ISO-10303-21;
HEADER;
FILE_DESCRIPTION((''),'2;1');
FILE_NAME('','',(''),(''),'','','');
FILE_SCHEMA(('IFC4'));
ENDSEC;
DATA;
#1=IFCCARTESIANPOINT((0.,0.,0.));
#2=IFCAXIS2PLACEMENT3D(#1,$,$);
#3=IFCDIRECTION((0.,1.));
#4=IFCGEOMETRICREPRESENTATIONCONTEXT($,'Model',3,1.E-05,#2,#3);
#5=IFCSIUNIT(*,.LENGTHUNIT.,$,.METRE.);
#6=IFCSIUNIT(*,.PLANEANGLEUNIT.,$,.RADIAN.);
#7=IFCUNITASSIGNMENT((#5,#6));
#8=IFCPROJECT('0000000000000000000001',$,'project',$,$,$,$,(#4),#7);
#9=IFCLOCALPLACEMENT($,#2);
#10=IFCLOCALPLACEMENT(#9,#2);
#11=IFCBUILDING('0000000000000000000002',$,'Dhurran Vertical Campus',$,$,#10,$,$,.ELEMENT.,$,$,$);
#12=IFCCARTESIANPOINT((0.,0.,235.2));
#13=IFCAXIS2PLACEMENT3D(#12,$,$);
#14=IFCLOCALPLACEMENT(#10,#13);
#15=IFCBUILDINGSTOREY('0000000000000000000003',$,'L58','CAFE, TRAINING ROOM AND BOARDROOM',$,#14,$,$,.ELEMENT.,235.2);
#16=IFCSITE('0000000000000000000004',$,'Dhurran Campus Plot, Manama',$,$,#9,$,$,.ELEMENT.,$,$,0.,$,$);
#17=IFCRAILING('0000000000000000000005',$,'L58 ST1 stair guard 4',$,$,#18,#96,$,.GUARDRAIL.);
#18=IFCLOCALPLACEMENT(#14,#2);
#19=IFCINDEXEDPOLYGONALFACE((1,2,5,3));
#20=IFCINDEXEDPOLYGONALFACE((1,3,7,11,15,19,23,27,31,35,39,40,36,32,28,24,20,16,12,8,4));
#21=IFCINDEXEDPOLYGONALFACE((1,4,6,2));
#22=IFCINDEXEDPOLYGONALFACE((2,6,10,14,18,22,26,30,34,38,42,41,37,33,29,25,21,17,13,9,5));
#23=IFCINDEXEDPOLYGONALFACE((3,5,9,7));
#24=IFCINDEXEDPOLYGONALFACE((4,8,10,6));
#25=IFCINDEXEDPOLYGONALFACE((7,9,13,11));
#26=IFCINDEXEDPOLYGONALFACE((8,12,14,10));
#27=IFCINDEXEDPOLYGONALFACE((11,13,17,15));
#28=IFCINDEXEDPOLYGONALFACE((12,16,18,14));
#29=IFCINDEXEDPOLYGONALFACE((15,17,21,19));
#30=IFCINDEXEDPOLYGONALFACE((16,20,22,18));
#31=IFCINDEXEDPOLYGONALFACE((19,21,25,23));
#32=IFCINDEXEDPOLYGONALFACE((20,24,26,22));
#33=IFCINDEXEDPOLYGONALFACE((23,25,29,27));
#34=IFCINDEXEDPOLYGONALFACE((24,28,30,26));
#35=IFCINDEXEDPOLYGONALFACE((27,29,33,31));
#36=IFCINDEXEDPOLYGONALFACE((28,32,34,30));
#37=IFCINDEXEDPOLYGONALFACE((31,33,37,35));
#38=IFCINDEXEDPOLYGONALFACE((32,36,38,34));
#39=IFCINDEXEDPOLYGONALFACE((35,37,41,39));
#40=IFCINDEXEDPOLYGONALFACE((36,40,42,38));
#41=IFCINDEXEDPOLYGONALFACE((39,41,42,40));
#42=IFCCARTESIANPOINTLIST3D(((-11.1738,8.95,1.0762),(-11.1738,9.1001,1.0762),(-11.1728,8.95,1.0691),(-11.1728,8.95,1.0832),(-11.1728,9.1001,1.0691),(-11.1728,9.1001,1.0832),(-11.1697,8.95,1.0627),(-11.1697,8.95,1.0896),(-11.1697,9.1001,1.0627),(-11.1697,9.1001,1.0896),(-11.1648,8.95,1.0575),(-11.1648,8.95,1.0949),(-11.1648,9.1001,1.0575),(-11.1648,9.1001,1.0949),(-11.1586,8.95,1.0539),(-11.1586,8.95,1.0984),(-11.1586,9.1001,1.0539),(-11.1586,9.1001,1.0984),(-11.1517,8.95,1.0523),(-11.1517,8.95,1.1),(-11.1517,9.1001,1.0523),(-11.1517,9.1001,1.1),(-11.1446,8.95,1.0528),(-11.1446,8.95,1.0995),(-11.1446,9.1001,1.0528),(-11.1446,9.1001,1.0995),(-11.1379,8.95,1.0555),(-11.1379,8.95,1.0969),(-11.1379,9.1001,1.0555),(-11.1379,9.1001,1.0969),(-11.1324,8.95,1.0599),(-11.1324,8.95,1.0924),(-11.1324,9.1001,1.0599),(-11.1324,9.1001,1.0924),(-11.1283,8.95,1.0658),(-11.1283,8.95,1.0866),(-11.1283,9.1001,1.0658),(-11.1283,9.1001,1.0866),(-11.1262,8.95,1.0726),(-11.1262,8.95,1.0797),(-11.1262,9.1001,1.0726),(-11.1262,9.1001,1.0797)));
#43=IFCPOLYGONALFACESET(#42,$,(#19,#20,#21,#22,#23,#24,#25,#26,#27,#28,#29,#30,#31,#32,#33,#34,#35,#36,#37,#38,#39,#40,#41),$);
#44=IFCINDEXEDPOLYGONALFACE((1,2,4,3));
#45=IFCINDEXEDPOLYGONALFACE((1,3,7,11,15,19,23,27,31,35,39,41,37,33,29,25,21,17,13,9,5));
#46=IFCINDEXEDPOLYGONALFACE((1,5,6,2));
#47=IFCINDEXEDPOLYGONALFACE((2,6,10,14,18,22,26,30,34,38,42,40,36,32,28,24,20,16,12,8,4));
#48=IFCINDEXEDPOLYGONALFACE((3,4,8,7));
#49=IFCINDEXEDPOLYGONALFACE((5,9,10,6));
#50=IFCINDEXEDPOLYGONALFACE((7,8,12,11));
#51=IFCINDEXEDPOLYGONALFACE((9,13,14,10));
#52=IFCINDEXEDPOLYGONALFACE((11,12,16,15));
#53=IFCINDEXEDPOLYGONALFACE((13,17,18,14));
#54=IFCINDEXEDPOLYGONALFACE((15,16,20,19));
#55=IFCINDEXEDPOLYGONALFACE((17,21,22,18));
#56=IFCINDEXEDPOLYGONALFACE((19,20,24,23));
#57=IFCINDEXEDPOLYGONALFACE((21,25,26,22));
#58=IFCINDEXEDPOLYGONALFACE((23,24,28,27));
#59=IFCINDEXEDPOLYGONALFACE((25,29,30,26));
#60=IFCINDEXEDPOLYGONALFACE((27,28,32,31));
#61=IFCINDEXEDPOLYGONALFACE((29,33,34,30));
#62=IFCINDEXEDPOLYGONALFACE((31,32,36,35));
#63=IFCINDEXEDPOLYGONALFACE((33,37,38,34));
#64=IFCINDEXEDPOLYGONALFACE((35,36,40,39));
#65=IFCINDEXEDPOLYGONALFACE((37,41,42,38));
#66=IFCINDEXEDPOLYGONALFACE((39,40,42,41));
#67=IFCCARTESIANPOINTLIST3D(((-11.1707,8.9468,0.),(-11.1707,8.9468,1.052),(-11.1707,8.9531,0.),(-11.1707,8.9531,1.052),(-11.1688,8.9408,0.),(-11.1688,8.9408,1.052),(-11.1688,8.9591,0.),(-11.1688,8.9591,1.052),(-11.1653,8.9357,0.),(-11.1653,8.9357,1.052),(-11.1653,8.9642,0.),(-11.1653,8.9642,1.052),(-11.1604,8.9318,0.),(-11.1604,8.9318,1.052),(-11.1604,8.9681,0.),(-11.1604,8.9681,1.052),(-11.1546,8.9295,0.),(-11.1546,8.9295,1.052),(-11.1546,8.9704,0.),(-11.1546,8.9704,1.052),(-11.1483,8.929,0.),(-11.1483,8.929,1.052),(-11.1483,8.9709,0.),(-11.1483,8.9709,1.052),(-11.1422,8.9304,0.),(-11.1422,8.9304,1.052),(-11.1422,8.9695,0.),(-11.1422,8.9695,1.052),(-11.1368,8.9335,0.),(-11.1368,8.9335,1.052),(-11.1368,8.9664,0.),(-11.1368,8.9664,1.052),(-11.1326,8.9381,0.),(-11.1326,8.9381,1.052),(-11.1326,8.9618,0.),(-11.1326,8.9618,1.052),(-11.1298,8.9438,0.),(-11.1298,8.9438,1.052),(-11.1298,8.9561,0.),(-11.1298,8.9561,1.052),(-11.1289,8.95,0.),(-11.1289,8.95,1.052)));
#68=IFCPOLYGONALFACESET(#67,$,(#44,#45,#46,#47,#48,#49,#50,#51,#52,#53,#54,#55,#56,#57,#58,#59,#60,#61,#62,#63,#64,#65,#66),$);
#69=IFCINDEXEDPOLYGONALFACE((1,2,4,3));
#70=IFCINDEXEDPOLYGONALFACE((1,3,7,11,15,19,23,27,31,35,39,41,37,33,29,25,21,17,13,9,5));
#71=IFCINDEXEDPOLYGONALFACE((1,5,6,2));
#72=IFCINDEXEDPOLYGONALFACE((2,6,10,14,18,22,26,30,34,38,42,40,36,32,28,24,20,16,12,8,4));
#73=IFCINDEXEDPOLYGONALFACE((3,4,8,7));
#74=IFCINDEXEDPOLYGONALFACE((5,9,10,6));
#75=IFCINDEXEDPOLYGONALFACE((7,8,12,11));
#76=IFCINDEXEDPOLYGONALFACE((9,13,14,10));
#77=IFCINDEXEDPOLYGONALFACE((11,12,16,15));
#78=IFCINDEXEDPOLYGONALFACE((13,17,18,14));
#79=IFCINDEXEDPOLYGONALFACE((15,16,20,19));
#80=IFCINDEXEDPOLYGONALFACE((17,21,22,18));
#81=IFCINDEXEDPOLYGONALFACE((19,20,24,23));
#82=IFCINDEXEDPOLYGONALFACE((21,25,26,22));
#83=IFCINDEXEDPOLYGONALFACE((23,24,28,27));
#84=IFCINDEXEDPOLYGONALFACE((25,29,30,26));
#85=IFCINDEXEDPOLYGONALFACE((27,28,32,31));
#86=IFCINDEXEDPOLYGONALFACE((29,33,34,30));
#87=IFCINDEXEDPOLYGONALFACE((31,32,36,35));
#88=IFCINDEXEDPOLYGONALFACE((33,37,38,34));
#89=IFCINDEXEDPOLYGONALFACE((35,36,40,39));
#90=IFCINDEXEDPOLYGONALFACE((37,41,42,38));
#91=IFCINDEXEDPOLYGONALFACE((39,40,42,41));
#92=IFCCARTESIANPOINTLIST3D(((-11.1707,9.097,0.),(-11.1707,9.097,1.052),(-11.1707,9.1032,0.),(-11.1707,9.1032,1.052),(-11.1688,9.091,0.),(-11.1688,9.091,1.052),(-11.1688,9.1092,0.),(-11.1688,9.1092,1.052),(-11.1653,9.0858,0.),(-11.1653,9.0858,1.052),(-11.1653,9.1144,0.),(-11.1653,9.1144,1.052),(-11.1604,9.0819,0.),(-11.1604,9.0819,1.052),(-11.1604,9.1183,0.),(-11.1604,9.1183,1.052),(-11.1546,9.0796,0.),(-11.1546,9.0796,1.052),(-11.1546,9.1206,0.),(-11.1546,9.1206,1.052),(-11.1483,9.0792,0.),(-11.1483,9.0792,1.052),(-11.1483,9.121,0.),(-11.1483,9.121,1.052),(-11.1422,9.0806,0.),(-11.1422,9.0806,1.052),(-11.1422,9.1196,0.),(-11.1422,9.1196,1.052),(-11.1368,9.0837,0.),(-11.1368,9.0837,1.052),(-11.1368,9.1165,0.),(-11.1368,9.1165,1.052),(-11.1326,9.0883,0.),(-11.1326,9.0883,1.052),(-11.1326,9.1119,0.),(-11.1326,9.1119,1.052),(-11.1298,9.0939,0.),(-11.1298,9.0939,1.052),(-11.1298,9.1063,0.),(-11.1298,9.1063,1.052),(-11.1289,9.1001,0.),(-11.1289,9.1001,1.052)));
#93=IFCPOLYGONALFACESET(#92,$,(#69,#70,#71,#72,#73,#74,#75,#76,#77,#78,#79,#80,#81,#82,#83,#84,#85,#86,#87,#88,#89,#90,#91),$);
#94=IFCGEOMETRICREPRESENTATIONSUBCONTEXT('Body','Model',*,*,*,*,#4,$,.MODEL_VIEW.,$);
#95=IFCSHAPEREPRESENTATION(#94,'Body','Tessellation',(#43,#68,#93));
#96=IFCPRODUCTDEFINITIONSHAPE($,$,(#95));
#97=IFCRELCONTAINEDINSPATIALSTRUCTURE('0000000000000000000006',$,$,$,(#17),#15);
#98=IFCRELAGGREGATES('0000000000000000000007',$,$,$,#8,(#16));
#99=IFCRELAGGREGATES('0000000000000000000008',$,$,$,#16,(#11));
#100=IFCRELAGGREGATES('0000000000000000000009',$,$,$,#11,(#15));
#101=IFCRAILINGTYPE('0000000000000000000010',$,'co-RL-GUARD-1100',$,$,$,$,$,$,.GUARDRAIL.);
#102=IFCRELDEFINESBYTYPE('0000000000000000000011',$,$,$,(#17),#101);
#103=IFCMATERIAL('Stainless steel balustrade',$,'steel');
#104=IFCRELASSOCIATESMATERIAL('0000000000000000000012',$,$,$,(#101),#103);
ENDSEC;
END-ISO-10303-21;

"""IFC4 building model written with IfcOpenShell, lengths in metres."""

from ifc_helpers import new_model, si_unit, direction, frame, origin, origin_2d, place, context, subcontext, project, spatial, circle, extrude, material, type_object, element, save


model = new_model("IFC4")

# Units and contexts
model_context = context("Model", 3, precision=1e-05, world=origin(), true_north=direction((0.0, 1.0)))
body_context = subcontext(model_context, "Body", "Model", "MODEL_VIEW")
ifc_project = project(units=[si_unit("LENGTHUNIT", "METRE"), si_unit("PLANEANGLEUNIT", "RADIAN")], contexts=[model_context])

# Site, building, storey
site_placement = place(None, origin())
site = spatial("IfcSite", under=ifc_project, at=site_placement, Name="Dhurran Campus Plot, Manama", CompositionType="ELEMENT", RefElevation=0.0)
building_placement = place(site_placement, origin())
building = spatial("IfcBuilding", under=site, at=building_placement, Name="Dhurran Vertical Campus", CompositionType="ELEMENT")
storey_placement = place(building_placement, frame((0.0, 0.0, 235.2)))
storey = spatial("IfcBuildingStorey", under=building, at=storey_placement, Name="L58", Description="CAFE, TRAINING ROOM AND BOARDROOM", CompositionType="ELEMENT", Elevation=235.2)

# Railing
ifc_material_1 = material(Name="Stainless steel balustrade", Category="steel")
railing_type_1 = type_object("IfcRailingType", Name="co-RL-GUARD-1100", PredefinedType="GUARDRAIL", material=ifc_material_1)
railing_1_placement = place(storey_placement, frame((-11.1499, 8.95, 0.0)))
element("IfcRailing", 1, at=railing_1_placement, inside=storey, type_object=railing_type_1, Name="L58 ST1 stair guard 4", PredefinedType="GUARDRAIL", context=body_context, shape_type="SweptSolid", body=[
    extrude(circle(Radius=0.0239, at=origin_2d()), frame((0.0, 0.0, 1.0762), z_axis=(0.0, 1.0, 0.0), x_axis=(-1.0, 0.0, 0.0)), (0.0, 0.0, 1.0), 0.1501),
    extrude(circle(Radius=0.021, at=origin_2d()), origin(), (0.0, 0.0, 1.0), 1.052),
    extrude(circle(Radius=0.021, at=origin_2d()), frame((0.0, 0.1501, 0.0)), (0.0, 0.0, 1.0), 1.052),
])

save(model, "model.ifc")
